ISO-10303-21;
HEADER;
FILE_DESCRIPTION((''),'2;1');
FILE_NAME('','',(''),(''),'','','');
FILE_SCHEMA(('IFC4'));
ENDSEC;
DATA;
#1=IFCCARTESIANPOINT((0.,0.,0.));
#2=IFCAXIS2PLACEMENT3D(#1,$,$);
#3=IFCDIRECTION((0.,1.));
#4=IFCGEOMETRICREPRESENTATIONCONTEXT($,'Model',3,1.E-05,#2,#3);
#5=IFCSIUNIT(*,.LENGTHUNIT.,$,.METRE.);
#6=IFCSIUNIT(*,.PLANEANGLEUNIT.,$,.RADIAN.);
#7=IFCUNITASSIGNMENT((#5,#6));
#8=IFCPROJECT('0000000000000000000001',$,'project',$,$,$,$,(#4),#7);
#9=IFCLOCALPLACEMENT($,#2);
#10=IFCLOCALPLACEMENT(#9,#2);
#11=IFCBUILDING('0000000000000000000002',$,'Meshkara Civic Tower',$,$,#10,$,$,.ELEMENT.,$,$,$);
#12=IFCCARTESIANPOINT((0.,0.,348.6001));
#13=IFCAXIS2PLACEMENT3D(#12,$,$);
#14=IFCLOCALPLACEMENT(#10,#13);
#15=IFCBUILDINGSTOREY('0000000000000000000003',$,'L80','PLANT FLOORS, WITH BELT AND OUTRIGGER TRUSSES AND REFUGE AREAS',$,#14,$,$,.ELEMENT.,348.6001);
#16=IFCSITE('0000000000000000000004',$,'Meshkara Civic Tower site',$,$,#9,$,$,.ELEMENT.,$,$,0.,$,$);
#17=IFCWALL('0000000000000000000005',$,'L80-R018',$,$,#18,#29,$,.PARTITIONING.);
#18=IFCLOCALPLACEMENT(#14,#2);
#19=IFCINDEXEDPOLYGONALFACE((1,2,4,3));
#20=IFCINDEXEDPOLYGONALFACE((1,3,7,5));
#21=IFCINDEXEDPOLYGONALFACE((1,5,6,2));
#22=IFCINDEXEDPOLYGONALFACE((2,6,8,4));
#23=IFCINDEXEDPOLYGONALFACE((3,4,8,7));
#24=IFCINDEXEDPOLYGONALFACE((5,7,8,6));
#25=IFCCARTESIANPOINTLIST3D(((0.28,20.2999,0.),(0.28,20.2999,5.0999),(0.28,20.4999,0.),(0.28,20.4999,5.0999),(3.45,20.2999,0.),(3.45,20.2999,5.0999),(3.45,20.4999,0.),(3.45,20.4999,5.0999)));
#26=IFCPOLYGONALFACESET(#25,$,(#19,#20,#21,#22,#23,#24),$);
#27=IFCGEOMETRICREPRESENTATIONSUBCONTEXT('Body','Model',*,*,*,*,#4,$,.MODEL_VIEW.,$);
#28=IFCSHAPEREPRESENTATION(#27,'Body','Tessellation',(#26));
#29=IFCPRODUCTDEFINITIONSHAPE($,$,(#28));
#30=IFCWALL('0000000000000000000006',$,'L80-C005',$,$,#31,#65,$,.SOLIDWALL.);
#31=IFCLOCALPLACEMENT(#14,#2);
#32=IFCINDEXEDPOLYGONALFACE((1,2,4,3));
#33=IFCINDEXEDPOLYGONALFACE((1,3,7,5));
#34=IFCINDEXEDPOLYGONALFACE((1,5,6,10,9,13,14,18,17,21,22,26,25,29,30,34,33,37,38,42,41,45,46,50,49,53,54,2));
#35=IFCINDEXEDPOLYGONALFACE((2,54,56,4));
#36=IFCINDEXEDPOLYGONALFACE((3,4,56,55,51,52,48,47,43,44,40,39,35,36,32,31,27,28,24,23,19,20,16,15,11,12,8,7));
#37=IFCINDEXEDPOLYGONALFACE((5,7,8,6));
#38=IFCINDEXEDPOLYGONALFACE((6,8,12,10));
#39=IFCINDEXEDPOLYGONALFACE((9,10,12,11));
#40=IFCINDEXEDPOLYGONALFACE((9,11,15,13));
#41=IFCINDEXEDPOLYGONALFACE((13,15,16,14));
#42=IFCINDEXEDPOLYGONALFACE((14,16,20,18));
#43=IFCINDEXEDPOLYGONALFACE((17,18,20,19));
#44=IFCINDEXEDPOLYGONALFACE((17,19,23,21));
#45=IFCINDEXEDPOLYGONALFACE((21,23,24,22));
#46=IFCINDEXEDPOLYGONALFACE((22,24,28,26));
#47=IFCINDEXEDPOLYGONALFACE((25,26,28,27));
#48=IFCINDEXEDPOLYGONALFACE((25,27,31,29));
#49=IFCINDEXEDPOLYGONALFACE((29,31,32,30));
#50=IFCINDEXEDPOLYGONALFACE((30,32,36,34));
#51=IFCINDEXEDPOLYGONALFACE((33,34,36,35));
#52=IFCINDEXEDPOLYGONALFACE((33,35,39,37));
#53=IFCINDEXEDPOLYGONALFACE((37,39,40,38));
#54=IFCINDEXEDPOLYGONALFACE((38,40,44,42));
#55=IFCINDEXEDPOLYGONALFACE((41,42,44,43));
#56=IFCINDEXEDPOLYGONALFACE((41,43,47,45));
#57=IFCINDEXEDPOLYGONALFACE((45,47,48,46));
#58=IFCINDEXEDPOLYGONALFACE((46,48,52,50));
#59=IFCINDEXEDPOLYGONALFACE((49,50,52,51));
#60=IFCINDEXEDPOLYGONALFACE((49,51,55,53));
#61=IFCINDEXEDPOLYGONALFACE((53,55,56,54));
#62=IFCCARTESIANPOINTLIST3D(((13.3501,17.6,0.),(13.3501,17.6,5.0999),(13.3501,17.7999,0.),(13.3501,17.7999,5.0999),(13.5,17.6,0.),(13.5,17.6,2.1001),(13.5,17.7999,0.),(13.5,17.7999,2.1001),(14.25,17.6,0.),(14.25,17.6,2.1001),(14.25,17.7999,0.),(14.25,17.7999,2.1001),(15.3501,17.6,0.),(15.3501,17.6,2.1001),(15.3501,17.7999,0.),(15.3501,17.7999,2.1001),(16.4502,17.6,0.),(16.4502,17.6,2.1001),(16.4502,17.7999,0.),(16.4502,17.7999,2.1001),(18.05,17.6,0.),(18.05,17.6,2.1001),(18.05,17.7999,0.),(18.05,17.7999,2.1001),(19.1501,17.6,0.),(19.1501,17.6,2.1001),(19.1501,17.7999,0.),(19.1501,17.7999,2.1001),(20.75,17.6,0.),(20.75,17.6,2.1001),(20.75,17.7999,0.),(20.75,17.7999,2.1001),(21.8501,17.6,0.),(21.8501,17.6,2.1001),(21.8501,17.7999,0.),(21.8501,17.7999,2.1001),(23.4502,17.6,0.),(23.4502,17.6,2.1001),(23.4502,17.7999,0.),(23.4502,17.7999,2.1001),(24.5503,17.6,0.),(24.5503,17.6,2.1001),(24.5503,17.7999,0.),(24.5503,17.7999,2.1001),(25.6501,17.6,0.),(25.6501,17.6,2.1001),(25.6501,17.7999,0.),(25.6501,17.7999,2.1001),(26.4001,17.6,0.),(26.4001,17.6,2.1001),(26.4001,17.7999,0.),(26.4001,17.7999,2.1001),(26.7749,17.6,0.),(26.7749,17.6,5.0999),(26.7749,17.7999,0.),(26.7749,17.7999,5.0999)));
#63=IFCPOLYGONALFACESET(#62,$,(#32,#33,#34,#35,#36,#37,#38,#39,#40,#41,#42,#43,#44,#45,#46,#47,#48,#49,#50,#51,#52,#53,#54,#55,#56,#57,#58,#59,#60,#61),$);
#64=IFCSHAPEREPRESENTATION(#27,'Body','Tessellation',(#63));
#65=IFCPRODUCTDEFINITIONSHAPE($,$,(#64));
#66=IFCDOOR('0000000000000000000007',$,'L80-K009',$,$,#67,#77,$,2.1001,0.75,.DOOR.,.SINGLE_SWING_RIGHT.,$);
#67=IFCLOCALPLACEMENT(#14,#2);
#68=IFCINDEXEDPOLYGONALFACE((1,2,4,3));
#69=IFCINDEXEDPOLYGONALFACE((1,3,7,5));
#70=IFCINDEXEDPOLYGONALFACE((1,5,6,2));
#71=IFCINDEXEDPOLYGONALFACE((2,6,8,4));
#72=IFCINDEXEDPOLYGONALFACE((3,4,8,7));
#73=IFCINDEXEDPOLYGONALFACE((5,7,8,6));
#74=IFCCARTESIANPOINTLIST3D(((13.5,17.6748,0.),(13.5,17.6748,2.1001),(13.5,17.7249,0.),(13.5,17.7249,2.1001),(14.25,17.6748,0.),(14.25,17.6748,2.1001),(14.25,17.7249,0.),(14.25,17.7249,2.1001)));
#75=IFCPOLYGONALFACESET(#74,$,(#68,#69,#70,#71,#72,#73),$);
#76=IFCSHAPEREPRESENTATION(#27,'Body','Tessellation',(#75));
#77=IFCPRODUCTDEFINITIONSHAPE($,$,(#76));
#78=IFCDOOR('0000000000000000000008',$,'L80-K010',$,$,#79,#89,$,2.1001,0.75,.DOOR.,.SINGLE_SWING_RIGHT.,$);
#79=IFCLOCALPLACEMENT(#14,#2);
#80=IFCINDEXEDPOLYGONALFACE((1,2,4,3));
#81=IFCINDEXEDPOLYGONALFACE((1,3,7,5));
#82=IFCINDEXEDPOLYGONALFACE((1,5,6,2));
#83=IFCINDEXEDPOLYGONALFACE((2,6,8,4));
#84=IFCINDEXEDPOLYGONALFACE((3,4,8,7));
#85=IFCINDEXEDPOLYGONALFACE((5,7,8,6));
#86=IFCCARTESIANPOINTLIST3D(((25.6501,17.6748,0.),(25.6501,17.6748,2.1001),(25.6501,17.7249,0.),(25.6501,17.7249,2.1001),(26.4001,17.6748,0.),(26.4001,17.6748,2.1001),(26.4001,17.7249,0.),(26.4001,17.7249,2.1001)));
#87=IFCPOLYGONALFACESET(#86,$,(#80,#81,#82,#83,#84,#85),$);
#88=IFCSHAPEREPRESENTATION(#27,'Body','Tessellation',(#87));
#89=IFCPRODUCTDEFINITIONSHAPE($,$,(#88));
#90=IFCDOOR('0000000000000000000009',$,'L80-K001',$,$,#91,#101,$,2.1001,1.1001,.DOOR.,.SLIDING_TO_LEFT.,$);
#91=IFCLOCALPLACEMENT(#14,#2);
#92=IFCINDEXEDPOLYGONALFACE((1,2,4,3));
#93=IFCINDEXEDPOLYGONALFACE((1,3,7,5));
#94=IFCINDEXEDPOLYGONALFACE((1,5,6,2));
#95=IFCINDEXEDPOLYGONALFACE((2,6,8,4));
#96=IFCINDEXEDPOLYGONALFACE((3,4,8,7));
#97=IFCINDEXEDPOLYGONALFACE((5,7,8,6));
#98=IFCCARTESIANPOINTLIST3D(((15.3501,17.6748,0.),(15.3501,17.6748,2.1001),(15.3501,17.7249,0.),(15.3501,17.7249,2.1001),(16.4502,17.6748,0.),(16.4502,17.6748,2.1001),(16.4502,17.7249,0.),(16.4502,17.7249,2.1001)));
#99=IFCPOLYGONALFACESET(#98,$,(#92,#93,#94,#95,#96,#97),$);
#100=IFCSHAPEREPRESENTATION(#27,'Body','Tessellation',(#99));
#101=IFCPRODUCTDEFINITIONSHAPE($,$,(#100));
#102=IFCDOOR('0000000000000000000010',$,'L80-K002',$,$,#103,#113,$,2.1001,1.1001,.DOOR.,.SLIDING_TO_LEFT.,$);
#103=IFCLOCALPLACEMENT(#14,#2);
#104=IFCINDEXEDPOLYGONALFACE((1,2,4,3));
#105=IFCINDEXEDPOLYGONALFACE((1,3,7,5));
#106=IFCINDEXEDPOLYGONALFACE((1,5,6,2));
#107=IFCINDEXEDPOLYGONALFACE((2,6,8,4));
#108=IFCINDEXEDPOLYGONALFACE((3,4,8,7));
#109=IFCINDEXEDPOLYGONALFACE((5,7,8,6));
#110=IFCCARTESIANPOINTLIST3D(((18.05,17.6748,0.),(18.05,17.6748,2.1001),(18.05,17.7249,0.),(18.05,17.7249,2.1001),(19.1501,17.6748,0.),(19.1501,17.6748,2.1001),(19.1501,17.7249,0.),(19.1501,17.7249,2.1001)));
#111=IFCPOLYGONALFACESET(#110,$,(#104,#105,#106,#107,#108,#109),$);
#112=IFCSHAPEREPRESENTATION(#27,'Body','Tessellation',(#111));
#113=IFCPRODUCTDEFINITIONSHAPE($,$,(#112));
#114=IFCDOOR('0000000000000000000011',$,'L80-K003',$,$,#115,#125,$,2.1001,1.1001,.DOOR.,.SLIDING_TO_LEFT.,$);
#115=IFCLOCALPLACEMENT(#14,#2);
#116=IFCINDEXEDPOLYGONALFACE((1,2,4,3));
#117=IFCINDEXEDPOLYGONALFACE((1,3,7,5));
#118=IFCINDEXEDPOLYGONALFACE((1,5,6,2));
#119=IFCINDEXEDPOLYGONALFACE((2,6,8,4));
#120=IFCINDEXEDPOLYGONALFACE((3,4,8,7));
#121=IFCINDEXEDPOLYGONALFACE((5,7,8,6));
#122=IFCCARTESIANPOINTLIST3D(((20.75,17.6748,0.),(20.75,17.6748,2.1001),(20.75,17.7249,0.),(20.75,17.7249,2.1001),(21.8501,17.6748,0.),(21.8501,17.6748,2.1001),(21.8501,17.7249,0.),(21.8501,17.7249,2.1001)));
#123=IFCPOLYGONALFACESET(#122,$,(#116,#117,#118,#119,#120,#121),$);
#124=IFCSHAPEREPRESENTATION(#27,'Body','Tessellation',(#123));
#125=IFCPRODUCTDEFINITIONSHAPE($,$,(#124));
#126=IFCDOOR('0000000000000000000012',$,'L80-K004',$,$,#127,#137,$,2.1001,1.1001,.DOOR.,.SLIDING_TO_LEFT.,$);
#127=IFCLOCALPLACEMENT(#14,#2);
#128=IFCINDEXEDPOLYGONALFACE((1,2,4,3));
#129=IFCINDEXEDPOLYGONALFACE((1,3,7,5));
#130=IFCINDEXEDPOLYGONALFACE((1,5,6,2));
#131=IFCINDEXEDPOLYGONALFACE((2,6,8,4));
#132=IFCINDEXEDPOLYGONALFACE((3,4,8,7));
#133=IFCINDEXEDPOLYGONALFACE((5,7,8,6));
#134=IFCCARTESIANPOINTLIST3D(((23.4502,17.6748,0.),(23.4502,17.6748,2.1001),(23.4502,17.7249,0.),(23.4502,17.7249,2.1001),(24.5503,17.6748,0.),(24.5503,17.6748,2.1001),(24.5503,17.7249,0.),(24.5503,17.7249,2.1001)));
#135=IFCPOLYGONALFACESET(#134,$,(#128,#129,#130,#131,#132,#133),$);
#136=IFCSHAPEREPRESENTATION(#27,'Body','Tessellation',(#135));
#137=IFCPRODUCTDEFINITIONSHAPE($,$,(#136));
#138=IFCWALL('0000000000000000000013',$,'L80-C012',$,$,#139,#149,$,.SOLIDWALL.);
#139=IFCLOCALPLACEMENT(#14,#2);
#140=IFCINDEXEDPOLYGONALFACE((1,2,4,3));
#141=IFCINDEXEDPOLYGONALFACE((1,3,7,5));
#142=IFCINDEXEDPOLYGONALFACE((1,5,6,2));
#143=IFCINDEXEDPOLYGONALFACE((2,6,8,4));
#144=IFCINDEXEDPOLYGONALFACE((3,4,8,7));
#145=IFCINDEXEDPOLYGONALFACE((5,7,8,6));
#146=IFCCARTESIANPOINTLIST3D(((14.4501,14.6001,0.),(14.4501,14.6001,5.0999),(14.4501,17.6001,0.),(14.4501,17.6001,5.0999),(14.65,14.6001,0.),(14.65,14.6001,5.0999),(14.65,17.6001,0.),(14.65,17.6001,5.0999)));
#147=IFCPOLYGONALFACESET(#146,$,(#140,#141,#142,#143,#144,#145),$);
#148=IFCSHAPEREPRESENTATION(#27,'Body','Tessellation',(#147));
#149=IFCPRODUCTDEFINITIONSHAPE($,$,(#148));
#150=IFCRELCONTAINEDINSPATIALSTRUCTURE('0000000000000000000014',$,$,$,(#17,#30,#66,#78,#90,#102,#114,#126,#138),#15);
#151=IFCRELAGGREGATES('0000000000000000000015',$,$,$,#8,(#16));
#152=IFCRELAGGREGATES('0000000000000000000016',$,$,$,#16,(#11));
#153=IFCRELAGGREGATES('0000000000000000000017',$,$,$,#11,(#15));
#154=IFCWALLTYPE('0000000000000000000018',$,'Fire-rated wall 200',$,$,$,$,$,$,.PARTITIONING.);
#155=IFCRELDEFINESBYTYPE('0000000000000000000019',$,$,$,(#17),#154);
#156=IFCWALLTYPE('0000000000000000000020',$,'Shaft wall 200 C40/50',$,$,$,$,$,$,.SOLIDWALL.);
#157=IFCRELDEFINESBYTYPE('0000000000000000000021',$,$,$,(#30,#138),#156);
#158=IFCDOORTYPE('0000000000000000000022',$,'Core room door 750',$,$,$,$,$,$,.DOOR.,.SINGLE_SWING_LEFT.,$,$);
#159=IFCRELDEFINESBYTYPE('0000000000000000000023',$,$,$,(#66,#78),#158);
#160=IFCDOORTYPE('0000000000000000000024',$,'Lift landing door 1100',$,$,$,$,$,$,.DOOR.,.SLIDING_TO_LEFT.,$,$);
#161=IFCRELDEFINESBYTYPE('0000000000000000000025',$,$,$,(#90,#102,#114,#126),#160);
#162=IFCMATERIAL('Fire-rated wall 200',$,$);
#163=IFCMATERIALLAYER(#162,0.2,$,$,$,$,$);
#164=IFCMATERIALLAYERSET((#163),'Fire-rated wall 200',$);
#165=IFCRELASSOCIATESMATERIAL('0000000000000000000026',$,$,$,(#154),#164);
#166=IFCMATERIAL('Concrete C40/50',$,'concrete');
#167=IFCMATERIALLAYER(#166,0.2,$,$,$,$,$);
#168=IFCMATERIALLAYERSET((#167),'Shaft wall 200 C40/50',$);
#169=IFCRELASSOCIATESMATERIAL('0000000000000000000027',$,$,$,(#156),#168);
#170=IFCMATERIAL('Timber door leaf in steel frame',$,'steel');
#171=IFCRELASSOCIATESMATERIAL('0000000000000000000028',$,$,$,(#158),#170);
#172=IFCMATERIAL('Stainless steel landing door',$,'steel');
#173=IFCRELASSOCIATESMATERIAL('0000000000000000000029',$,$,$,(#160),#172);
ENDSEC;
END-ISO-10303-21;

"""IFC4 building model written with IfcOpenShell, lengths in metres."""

from ifc_helpers import new_model, si_unit, direction, frame, frame_2d, origin, place, context, subcontext, project, spatial, rectangle, extrude, material, layer, layer_set, type_object, element, fill, save


model = new_model("IFC4")

# Units and contexts
model_context = context("Model", 3, precision=1e-05, world=origin(), true_north=direction((0.0, 1.0)))
body_context = subcontext(model_context, "Body", "Model", "MODEL_VIEW")
ifc_project = project(units=[si_unit("LENGTHUNIT", "METRE"), si_unit("PLANEANGLEUNIT", "RADIAN")], contexts=[model_context])

# Site, building, storey
site_placement = place(None, origin())
site = spatial("IfcSite", under=ifc_project, at=site_placement, Name="Meshkara Civic Tower site", CompositionType="ELEMENT", RefElevation=0.0)
building_placement = place(site_placement, origin())
building = spatial("IfcBuilding", under=site, at=building_placement, Name="Meshkara Civic Tower", CompositionType="ELEMENT")
storey_placement = place(building_placement, frame((0.0, 0.0, 348.6001)))
storey = spatial("IfcBuildingStorey", under=building, at=storey_placement, Name="L80", Description="PLANT FLOORS, WITH BELT AND OUTRIGGER TRUSSES AND REFUGE AREAS", CompositionType="ELEMENT", Elevation=348.6001)

# Wall
ifc_material_1 = material(Name="Fire-rated wall 200")
ifc_layer_1 = layer(ifc_material_1, 0.2)
ifc_layer_set_1 = layer_set([ifc_layer_1], Name="Fire-rated wall 200")
wall_type_1 = type_object("IfcWallType", Name="Fire-rated wall 200", PredefinedType="PARTITIONING", material=ifc_layer_set_1)
wall_1_placement = place(storey_placement, frame((3.45, 20.3999, 0.0), z_axis=(0.0, 0.0, 1.0), x_axis=(-1.0, 0.0, 0.0)))
element("IfcWall", 1, at=wall_1_placement, inside=storey, type_object=wall_type_1, Name="L80-R018", PredefinedType="PARTITIONING", context=body_context, shape_type="SweptSolid", body=[
    extrude(rectangle(XDim=3.1699, YDim=0.2, at=frame_2d((1.585, 0.0))), origin(), (0.0, 0.0, 1.0), 5.0999),
])

# Wall, openings, doors
ifc_material_2 = material(Name="Concrete C40/50", Category="concrete")
ifc_layer_2 = layer(ifc_material_2, 0.2)
ifc_layer_set_2 = layer_set([ifc_layer_2], Name="Shaft wall 200 C40/50")
wall_type_2 = type_object("IfcWallType", Name="Shaft wall 200 C40/50", PredefinedType="SOLIDWALL", material=ifc_layer_set_2)
wall_2_placement = place(storey_placement, frame((13.3501, 17.7, 0.0), z_axis=(0.0, 0.0, 1.0), x_axis=(1.0, 0.0, 0.0)))
wall_2 = element("IfcWall", 2, at=wall_2_placement, inside=storey, type_object=wall_type_2, Name="L80-C005", PredefinedType="SOLIDWALL", context=body_context, shape_type="SweptSolid", body=[
    extrude(rectangle(XDim=13.4248, YDim=0.2, at=frame_2d((6.7124, 0.0))), origin(), (0.0, 0.0, 1.0), 5.0999),
])
opening_1_placement = place(wall_2_placement, frame((2.0, 0.0, 0.0)))
opening_1 = element("IfcOpeningElement", 3, at=opening_1_placement, cuts=wall_2, PredefinedType="OPENING", context=body_context, shape_type="SweptSolid", body=[
    extrude(rectangle(XDim=1.1001, YDim=2.1001, at=frame_2d((0.55, 1.05))), frame((0.0, 0.1099, 0.0), z_axis=(0.0, -1.0, 0.0), x_axis=(1.0, 0.0, 0.0)), (0.0, 0.0, 1.0), 0.22),
])
opening_2_placement = place(wall_2_placement, frame((4.7, 0.0, 0.0)))
opening_2 = element("IfcOpeningElement", 4, at=opening_2_placement, cuts=wall_2, PredefinedType="OPENING", context=body_context, shape_type="SweptSolid", body=[
    extrude(rectangle(XDim=1.1001, YDim=2.1001, at=frame_2d((0.55, 1.05))), frame((0.0, 0.1099, 0.0), z_axis=(0.0, -1.0, 0.0), x_axis=(1.0, 0.0, 0.0)), (0.0, 0.0, 1.0), 0.22),
])
opening_3_placement = place(wall_2_placement, frame((7.3999, 0.0, 0.0)))
opening_3 = element("IfcOpeningElement", 5, at=opening_3_placement, cuts=wall_2, PredefinedType="OPENING", context=body_context, shape_type="SweptSolid", body=[
    extrude(rectangle(XDim=1.1001, YDim=2.1001, at=frame_2d((0.55, 1.05))), frame((0.0, 0.1099, 0.0), z_axis=(0.0, -1.0, 0.0), x_axis=(1.0, 0.0, 0.0)), (0.0, 0.0, 1.0), 0.22),
])
opening_4_placement = place(wall_2_placement, frame((10.1001, 0.0, 0.0)))
opening_4 = element("IfcOpeningElement", 6, at=opening_4_placement, cuts=wall_2, PredefinedType="OPENING", context=body_context, shape_type="SweptSolid", body=[
    extrude(rectangle(XDim=1.1001, YDim=2.1001, at=frame_2d((0.55, 1.05))), frame((0.0, 0.1099, 0.0), z_axis=(0.0, -1.0, 0.0), x_axis=(1.0, 0.0, 0.0)), (0.0, 0.0, 1.0), 0.22),
])
opening_5_placement = place(wall_2_placement, frame((0.1499, 0.0, 0.0)))
opening_5 = element("IfcOpeningElement", 7, at=opening_5_placement, cuts=wall_2, PredefinedType="OPENING", context=body_context, shape_type="SweptSolid", body=[
    extrude(rectangle(XDim=0.75, YDim=2.1001, at=frame_2d((0.375, 1.05))), frame((0.0, 0.1099, 0.0), z_axis=(0.0, -1.0, 0.0), x_axis=(1.0, 0.0, 0.0)), (0.0, 0.0, 1.0), 0.22),
])
opening_6_placement = place(wall_2_placement, frame((12.3, 0.0, 0.0)))
opening_6 = element("IfcOpeningElement", 8, at=opening_6_placement, cuts=wall_2, PredefinedType="OPENING", context=body_context, shape_type="SweptSolid", body=[
    extrude(rectangle(XDim=0.75, YDim=2.1001, at=frame_2d((0.375, 1.05))), frame((0.0, 0.1099, 0.0), z_axis=(0.0, -1.0, 0.0), x_axis=(1.0, 0.0, 0.0)), (0.0, 0.0, 1.0), 0.22),
])
ifc_material_3 = material(Name="Timber door leaf in steel frame", Category="steel")
door_type_1 = type_object("IfcDoorType", Name="Core room door 750", OperationType="SINGLE_SWING_LEFT", PredefinedType="DOOR", material=ifc_material_3)
door_1_placement = place(opening_5_placement, origin())
door_1 = element("IfcDoor", 9, at=door_1_placement, inside=storey, type_object=door_type_1, Name="L80-K009", OperationType="SINGLE_SWING_RIGHT", OverallHeight=2.1001, OverallWidth=0.75, PredefinedType="DOOR", context=body_context, shape_type="SweptSolid", body=[
    extrude(rectangle(XDim=0.75, YDim=2.1001, at=frame_2d((0.375, 1.05))), frame((0.0, 0.0249, 0.0), z_axis=(0.0, -1.0, 0.0), x_axis=(1.0, 0.0, 0.0)), (0.0, 0.0, 1.0), 0.05),
])
fill(opening_5, door_1)
door_2_placement = place(opening_6_placement, origin())
door_2 = element("IfcDoor", 10, at=door_2_placement, inside=storey, type_object=door_type_1, Name="L80-K010", OperationType="SINGLE_SWING_RIGHT", OverallHeight=2.1001, OverallWidth=0.75, PredefinedType="DOOR", context=body_context, shape_type="SweptSolid", body=[
    extrude(rectangle(XDim=0.75, YDim=2.1001, at=frame_2d((0.375, 1.05))), frame((0.0, 0.0249, 0.0), z_axis=(0.0, -1.0, 0.0), x_axis=(1.0, 0.0, 0.0)), (0.0, 0.0, 1.0), 0.05),
])
fill(opening_6, door_2)
ifc_material_4 = material(Name="Stainless steel landing door", Category="steel")
door_type_2 = type_object("IfcDoorType", Name="Lift landing door 1100", OperationType="SLIDING_TO_LEFT", PredefinedType="DOOR", material=ifc_material_4)
door_3_placement = place(opening_1_placement, origin())
door_3 = element("IfcDoor", 11, at=door_3_placement, inside=storey, type_object=door_type_2, Name="L80-K001", OperationType="SLIDING_TO_LEFT", OverallHeight=2.1001, OverallWidth=1.1001, PredefinedType="DOOR", context=body_context, shape_type="SweptSolid", body=[
    extrude(rectangle(XDim=1.1001, YDim=2.1001, at=frame_2d((0.55, 1.05))), frame((0.0, 0.0249, 0.0), z_axis=(0.0, -1.0, 0.0), x_axis=(1.0, 0.0, 0.0)), (0.0, 0.0, 1.0), 0.05),
])
fill(opening_1, door_3)
door_4_placement = place(opening_2_placement, origin())
door_4 = element("IfcDoor", 12, at=door_4_placement, inside=storey, type_object=door_type_2, Name="L80-K002", OperationType="SLIDING_TO_LEFT", OverallHeight=2.1001, OverallWidth=1.1001, PredefinedType="DOOR", context=body_context, shape_type="SweptSolid", body=[
    extrude(rectangle(XDim=1.1001, YDim=2.1001, at=frame_2d((0.55, 1.05))), frame((0.0, 0.0249, 0.0), z_axis=(0.0, -1.0, 0.0), x_axis=(1.0, 0.0, 0.0)), (0.0, 0.0, 1.0), 0.05),
])
fill(opening_2, door_4)
door_5_placement = place(opening_3_placement, origin())
door_5 = element("IfcDoor", 13, at=door_5_placement, inside=storey, type_object=door_type_2, Name="L80-K003", OperationType="SLIDING_TO_LEFT", OverallHeight=2.1001, OverallWidth=1.1001, PredefinedType="DOOR", context=body_context, shape_type="SweptSolid", body=[
    extrude(rectangle(XDim=1.1001, YDim=2.1001, at=frame_2d((0.55, 1.05))), frame((0.0, 0.0249, 0.0), z_axis=(0.0, -1.0, 0.0), x_axis=(1.0, 0.0, 0.0)), (0.0, 0.0, 1.0), 0.05),
])
fill(opening_3, door_5)
door_6_placement = place(opening_4_placement, origin())
door_6 = element("IfcDoor", 14, at=door_6_placement, inside=storey, type_object=door_type_2, Name="L80-K004", OperationType="SLIDING_TO_LEFT", OverallHeight=2.1001, OverallWidth=1.1001, PredefinedType="DOOR", context=body_context, shape_type="SweptSolid", body=[
    extrude(rectangle(XDim=1.1001, YDim=2.1001, at=frame_2d((0.55, 1.05))), frame((0.0, 0.0249, 0.0), z_axis=(0.0, -1.0, 0.0), x_axis=(1.0, 0.0, 0.0)), (0.0, 0.0, 1.0), 0.05),
])
fill(opening_4, door_6)

# Wall
wall_3_placement = place(storey_placement, frame((14.55, 14.6001, 0.0), z_axis=(0.0, 0.0, 1.0), x_axis=(0.0, 1.0, 0.0)))
element("IfcWall", 15, at=wall_3_placement, inside=storey, type_object=wall_type_2, Name="L80-C012", PredefinedType="SOLIDWALL", context=body_context, shape_type="SweptSolid", body=[
    extrude(rectangle(XDim=3.0, YDim=0.2, at=frame_2d((1.5, 0.0))), origin(), (0.0, 0.0, 1.0), 5.0999),
])

save(model, "model.ifc")
